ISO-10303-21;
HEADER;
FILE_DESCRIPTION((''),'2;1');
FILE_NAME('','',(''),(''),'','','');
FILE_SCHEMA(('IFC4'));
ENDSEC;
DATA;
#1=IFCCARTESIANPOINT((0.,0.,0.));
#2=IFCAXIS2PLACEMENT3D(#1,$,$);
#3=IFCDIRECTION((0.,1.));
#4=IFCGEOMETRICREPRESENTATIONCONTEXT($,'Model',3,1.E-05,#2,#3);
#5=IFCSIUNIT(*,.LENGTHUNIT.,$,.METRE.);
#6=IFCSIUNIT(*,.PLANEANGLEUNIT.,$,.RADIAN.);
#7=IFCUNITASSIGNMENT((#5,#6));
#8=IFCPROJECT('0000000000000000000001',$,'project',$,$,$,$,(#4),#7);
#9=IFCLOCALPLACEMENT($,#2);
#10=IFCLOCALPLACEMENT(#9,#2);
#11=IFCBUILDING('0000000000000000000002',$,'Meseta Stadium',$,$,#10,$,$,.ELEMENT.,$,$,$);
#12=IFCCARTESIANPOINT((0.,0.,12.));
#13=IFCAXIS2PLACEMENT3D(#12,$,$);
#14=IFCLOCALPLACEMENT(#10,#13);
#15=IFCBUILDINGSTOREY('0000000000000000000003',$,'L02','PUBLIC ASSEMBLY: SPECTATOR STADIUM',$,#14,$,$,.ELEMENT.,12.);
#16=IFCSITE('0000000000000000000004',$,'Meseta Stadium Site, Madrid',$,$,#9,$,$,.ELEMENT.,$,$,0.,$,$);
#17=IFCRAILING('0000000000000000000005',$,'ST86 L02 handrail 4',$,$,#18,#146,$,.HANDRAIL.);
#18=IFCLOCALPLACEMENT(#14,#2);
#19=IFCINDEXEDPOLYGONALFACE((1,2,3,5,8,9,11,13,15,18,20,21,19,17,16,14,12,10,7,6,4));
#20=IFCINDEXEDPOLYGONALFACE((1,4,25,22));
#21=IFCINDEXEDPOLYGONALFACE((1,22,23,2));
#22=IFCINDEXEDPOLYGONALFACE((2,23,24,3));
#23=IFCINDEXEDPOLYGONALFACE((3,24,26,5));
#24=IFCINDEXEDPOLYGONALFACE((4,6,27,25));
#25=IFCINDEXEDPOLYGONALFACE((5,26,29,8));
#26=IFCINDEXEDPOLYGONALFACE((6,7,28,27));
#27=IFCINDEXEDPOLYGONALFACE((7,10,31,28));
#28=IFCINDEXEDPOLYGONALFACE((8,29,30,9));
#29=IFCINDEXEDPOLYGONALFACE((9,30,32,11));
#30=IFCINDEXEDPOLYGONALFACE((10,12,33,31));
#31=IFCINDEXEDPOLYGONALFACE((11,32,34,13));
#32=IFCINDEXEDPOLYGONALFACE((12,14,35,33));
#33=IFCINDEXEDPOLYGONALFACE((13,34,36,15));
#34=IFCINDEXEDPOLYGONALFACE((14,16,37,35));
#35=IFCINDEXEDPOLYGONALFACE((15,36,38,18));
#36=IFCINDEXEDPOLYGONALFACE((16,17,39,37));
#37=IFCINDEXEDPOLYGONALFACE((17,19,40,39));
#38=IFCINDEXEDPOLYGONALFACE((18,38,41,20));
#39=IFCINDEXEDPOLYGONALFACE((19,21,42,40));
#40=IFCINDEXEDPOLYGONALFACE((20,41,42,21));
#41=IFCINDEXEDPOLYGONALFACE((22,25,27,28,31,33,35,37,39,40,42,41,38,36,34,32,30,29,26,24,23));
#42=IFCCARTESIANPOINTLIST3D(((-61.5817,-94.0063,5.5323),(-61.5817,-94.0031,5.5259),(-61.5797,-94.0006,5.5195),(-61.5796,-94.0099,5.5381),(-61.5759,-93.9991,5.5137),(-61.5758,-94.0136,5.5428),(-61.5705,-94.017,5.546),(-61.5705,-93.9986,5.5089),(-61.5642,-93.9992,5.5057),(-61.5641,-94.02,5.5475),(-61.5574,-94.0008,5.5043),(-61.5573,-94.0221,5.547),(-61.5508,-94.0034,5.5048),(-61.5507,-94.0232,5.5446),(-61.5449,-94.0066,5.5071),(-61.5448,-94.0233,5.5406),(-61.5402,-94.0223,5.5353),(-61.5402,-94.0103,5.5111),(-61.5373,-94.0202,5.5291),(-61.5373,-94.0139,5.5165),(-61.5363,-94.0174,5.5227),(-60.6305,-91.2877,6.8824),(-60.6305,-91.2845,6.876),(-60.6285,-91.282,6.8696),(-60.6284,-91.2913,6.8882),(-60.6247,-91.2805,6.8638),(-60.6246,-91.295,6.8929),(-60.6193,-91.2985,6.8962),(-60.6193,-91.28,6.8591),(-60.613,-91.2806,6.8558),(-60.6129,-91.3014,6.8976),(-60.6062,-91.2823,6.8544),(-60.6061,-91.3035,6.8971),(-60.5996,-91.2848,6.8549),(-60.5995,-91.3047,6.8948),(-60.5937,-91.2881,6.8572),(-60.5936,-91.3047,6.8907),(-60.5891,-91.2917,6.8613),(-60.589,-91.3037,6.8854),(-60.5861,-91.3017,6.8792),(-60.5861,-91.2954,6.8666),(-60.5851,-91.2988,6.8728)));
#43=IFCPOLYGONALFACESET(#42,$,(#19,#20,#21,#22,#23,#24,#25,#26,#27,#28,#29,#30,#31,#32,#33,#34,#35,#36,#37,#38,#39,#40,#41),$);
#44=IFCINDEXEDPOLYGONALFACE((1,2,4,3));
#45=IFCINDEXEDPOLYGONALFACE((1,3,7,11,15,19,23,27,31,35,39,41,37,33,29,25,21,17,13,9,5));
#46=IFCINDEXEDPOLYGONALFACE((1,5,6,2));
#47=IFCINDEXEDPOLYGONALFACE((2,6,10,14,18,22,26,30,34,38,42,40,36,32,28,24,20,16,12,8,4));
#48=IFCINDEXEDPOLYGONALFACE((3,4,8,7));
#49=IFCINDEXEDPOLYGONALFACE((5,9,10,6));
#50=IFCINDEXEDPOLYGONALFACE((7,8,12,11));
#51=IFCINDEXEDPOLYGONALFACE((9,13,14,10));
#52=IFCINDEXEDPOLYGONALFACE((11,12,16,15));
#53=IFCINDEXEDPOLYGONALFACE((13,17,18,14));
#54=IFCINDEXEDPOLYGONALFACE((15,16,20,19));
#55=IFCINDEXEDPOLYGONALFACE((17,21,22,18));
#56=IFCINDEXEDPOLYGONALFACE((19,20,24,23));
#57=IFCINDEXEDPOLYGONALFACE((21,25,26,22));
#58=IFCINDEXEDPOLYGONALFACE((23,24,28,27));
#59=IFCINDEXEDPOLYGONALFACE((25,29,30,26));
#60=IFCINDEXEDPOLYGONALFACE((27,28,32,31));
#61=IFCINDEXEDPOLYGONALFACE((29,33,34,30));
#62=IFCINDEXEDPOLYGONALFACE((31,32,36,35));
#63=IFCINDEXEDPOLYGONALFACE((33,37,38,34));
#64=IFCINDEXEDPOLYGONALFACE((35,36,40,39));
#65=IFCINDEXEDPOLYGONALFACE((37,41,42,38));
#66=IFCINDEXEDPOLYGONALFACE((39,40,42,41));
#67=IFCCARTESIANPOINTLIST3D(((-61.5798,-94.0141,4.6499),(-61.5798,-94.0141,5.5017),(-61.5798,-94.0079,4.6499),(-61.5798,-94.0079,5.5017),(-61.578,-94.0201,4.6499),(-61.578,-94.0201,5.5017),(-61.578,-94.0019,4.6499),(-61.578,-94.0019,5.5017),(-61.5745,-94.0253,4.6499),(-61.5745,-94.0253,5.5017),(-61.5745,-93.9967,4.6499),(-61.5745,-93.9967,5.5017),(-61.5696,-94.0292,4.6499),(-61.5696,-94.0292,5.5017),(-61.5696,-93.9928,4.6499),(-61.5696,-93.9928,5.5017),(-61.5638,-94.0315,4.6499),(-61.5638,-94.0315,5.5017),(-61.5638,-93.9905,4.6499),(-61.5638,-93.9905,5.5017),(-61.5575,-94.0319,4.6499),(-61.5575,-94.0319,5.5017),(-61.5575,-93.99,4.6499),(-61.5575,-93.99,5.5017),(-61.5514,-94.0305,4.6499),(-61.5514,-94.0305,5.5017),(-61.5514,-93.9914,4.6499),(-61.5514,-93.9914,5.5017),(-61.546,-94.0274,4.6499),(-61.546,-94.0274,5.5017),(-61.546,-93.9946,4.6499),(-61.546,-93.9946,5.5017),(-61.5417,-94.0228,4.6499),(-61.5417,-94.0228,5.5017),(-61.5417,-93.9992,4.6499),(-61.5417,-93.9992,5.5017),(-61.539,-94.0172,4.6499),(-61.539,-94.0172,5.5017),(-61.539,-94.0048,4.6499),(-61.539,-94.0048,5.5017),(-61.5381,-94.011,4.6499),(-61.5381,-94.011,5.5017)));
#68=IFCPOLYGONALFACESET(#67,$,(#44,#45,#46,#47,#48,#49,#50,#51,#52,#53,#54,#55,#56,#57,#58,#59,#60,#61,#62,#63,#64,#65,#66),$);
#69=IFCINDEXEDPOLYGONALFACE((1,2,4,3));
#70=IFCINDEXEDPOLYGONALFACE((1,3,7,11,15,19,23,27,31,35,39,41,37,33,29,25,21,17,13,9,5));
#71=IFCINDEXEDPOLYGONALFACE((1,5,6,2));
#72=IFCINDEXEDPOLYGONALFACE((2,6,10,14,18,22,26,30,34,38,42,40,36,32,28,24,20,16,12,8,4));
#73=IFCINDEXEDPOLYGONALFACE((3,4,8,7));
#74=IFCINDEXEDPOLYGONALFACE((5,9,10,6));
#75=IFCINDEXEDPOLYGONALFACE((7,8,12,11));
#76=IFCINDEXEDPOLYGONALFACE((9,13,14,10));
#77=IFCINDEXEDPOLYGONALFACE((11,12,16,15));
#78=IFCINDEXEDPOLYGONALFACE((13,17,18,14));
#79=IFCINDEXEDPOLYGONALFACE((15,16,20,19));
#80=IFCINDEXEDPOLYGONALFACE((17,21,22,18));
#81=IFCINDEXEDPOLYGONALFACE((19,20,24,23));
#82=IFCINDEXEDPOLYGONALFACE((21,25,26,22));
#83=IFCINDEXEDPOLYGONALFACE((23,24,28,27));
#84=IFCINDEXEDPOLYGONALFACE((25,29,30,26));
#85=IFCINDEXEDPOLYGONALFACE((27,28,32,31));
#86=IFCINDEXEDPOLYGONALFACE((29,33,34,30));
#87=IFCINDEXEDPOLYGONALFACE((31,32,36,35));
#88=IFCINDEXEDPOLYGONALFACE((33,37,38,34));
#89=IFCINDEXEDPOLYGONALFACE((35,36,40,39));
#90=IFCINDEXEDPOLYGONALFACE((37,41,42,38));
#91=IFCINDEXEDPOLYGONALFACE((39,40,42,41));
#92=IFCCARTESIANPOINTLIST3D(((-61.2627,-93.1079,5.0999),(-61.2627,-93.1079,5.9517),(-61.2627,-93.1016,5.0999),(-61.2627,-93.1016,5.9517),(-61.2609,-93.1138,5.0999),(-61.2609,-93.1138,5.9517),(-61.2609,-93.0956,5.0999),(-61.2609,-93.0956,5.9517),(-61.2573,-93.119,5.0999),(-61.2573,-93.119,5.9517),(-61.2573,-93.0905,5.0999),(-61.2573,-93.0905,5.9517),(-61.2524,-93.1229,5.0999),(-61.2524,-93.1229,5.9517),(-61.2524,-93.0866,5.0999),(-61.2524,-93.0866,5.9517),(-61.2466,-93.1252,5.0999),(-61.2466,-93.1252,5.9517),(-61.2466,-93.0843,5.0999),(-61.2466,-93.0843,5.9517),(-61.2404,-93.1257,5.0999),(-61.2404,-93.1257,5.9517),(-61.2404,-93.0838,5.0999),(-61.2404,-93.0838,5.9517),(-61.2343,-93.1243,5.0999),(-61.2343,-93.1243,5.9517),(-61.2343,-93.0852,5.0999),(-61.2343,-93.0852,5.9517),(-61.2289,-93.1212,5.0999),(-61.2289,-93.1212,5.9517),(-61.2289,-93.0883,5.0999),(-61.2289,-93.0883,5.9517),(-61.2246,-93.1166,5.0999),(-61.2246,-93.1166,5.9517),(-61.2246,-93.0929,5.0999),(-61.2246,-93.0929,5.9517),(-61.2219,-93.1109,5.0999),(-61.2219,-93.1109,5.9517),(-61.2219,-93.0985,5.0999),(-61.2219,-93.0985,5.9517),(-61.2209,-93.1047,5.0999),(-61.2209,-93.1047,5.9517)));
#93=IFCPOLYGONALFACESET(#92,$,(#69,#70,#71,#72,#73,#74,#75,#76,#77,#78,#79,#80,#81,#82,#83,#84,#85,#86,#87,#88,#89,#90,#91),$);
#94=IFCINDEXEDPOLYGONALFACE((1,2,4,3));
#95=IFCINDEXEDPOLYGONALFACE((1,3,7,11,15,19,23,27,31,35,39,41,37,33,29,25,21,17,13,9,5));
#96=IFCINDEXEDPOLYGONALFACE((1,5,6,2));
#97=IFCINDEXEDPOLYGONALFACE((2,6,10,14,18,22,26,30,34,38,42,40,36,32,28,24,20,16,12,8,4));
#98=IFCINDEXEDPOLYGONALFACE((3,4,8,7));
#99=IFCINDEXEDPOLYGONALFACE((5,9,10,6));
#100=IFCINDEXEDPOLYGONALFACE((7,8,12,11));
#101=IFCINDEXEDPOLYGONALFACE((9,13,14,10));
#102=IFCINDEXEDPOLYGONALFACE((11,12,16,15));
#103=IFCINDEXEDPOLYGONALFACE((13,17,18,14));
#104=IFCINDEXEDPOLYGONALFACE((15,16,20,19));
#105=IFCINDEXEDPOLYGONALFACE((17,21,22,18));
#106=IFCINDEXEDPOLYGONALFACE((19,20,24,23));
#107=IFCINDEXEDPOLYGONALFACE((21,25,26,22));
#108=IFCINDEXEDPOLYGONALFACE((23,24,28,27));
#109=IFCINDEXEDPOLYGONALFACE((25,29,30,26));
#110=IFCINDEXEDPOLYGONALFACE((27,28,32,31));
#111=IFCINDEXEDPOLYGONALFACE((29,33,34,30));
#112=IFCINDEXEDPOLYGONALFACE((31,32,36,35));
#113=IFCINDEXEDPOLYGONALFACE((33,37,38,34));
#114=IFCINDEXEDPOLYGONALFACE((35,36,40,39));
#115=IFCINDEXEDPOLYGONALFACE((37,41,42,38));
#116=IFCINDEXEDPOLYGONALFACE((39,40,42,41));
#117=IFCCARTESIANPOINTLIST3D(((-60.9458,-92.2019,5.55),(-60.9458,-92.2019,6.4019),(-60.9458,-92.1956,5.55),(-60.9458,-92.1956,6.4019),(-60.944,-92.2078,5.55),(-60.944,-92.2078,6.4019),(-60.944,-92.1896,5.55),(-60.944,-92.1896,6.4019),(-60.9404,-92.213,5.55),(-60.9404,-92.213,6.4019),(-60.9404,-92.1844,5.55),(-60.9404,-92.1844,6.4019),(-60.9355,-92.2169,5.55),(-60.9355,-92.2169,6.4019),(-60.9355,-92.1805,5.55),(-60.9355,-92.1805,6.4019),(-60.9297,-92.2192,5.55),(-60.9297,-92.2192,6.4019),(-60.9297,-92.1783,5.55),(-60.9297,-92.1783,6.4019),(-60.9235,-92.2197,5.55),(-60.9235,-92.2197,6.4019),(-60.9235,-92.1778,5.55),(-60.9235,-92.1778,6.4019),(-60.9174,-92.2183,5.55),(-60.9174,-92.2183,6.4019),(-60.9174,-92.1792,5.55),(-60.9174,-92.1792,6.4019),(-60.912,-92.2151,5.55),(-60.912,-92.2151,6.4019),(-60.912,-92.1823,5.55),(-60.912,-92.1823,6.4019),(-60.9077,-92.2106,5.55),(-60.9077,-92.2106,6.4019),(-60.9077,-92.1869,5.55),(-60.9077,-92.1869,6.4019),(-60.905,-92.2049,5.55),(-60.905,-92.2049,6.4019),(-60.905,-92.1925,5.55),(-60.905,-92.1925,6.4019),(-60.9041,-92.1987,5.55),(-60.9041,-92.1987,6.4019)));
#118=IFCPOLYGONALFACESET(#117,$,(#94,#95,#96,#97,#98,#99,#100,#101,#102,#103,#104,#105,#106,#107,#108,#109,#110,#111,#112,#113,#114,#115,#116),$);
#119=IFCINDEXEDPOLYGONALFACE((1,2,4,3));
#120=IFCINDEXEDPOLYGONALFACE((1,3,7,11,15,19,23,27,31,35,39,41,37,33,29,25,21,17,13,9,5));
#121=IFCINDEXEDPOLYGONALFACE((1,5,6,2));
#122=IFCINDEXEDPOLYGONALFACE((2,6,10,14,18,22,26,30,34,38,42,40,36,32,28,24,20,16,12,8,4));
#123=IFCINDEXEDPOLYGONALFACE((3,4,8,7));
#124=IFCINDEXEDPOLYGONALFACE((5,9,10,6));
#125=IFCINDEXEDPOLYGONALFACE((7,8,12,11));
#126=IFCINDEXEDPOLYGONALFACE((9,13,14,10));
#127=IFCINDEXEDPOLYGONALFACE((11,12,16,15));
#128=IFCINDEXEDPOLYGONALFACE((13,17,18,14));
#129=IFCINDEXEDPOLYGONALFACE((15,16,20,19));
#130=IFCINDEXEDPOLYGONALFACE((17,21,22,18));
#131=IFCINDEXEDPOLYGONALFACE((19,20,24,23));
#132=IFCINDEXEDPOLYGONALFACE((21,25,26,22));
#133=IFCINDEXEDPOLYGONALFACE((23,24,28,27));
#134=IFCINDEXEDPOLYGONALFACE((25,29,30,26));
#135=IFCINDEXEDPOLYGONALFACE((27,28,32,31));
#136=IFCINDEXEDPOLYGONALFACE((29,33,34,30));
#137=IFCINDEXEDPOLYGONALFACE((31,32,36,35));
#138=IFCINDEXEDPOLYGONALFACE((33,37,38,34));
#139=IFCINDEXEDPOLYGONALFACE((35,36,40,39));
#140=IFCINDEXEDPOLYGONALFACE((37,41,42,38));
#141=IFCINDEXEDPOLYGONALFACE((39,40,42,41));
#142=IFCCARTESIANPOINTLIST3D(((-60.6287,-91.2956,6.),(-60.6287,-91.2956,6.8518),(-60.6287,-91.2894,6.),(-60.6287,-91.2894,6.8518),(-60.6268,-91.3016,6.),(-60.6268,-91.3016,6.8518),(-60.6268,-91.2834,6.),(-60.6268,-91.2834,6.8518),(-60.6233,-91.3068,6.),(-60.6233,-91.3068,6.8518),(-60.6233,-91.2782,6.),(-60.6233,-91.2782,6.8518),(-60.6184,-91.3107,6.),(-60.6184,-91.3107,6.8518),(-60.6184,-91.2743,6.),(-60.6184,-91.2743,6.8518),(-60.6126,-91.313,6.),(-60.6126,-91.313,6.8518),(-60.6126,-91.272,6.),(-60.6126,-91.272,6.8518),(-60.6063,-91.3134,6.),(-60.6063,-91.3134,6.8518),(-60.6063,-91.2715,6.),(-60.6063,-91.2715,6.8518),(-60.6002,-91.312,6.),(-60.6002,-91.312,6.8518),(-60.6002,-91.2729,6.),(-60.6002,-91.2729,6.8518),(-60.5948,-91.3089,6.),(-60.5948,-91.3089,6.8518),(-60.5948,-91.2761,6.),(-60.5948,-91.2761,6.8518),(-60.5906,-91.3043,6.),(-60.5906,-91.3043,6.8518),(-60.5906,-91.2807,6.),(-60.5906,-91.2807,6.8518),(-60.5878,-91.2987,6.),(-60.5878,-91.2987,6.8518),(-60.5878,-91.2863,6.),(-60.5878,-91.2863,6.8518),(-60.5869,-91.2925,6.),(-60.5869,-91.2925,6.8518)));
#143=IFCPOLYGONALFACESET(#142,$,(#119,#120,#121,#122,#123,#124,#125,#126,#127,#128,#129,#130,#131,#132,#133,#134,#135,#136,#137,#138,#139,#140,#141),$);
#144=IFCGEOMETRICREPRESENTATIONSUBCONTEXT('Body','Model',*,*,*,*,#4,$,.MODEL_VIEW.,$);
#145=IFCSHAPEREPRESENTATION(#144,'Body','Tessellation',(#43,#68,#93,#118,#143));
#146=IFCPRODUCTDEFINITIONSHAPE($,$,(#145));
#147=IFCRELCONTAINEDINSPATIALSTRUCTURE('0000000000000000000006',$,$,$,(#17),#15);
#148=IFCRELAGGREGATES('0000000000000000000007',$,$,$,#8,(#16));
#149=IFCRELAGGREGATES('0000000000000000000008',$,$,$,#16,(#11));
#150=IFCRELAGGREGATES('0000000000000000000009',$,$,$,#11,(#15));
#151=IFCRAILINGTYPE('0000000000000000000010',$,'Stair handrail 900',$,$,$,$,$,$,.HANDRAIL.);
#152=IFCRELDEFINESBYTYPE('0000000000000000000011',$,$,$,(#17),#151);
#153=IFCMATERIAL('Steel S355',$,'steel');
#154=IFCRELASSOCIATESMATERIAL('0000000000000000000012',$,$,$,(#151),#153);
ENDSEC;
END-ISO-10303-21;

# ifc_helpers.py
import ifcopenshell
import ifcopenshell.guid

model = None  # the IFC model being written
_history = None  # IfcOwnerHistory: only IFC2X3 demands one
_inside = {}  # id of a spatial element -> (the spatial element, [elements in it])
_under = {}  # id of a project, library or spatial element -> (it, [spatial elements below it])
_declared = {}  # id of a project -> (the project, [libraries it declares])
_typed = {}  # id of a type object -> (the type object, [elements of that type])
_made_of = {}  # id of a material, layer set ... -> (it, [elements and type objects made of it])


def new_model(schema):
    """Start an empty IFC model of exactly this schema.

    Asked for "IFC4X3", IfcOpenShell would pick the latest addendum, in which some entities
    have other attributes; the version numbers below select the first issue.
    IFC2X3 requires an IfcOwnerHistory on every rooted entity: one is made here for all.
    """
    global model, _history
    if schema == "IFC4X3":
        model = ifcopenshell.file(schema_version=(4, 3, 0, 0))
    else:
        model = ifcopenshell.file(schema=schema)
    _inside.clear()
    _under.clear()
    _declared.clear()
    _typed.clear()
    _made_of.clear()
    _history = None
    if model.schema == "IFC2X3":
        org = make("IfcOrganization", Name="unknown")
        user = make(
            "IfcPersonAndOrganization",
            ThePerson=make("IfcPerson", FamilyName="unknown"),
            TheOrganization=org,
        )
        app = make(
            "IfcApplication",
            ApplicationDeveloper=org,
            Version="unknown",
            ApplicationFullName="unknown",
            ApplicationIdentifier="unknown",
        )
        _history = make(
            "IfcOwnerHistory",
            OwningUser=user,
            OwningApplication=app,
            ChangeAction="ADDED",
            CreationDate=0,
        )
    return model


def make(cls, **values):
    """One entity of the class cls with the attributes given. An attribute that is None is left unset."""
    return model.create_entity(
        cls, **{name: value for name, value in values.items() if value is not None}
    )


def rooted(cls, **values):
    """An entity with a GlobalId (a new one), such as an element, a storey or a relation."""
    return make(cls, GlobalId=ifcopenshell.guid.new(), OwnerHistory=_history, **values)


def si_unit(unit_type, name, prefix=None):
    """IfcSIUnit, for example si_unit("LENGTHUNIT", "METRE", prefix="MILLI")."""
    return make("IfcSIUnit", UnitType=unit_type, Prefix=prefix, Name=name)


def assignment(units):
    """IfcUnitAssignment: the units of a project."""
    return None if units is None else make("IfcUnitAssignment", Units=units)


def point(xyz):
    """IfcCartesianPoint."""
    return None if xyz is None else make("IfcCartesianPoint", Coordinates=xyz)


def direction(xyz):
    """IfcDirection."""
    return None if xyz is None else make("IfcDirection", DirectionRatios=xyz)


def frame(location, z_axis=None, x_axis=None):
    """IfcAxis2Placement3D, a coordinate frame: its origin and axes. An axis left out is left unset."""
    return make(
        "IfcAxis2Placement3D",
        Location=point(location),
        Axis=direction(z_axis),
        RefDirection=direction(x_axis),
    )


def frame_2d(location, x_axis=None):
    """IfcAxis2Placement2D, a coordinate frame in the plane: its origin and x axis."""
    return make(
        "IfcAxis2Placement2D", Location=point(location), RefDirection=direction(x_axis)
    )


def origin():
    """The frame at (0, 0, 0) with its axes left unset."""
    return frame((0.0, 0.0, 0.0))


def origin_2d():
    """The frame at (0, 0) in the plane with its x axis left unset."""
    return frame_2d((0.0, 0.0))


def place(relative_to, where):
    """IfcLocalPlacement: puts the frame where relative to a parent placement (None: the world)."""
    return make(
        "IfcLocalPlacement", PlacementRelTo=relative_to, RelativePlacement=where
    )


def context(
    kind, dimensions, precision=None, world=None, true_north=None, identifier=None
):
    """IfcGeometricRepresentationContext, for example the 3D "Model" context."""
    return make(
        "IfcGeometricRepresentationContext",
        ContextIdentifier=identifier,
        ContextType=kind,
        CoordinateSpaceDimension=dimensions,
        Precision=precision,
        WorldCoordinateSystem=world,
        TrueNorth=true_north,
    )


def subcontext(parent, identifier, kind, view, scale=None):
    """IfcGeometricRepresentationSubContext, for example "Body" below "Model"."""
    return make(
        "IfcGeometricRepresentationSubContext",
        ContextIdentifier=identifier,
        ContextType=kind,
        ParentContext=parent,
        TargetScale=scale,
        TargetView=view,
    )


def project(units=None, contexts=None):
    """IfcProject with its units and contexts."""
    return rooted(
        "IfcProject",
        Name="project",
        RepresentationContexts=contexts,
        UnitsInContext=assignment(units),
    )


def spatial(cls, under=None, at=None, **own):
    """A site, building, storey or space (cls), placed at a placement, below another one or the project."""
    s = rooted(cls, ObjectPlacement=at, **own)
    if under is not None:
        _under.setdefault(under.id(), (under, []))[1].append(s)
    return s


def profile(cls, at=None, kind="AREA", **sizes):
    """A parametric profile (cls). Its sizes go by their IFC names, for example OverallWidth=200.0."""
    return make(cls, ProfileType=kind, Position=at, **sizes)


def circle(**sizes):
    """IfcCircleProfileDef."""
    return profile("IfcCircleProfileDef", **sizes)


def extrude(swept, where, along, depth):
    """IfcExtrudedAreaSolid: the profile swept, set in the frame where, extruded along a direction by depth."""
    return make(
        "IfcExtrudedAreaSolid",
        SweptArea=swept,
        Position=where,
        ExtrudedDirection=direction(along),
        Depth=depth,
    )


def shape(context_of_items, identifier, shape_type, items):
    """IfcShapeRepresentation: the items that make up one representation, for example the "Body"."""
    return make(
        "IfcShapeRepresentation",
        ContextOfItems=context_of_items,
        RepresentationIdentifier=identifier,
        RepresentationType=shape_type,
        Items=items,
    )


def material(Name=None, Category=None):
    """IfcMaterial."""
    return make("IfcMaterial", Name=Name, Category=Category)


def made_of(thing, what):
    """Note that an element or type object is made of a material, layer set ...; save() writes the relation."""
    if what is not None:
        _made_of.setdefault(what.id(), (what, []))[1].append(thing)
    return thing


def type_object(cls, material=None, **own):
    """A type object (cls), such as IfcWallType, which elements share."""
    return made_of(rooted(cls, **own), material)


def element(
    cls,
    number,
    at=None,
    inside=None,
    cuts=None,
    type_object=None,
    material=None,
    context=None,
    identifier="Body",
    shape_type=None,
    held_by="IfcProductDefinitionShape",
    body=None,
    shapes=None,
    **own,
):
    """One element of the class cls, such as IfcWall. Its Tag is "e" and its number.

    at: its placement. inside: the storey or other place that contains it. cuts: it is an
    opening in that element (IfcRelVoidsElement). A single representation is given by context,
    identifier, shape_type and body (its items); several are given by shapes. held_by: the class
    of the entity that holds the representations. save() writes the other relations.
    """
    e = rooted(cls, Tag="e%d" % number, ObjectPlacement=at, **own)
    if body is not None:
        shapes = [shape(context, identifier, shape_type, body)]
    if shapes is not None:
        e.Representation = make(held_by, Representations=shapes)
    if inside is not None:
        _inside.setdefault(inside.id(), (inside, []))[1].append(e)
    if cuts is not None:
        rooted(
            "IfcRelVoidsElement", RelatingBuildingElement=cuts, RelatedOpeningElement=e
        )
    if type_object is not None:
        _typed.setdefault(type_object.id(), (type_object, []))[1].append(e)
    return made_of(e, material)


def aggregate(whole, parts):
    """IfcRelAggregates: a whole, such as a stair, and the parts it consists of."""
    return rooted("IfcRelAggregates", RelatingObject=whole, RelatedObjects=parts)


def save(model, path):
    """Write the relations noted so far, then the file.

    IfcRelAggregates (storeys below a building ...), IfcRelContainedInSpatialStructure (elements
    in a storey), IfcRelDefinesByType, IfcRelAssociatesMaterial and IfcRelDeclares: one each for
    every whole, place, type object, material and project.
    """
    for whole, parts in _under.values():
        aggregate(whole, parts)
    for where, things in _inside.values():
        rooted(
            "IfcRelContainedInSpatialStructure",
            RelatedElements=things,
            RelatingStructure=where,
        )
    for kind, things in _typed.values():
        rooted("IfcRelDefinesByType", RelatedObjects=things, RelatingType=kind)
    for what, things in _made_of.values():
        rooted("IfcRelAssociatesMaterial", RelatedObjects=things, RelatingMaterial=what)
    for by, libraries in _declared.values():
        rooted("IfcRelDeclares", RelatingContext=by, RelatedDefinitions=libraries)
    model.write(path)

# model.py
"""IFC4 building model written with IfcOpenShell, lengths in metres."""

from ifc_helpers import new_model, si_unit, direction, frame, origin, origin_2d, place, context, subcontext, project, spatial, circle, extrude, material, type_object, element, save


model = new_model("IFC4")

# Units and contexts
model_context = context("Model", 3, precision=1e-05, world=origin(), true_north=direction((0.0, 1.0)))
body_context = subcontext(model_context, "Body", "Model", "MODEL_VIEW")
ifc_project = project(units=[si_unit("LENGTHUNIT", "METRE"), si_unit("PLANEANGLEUNIT", "RADIAN")], contexts=[model_context])

# Site, building, storey
site_placement = place(None, origin())
site = spatial("IfcSite", under=ifc_project, at=site_placement, Name="Meseta Stadium Site, Madrid", CompositionType="ELEMENT", RefElevation=0.0)
building_placement = place(site_placement, origin())
building = spatial("IfcBuilding", under=site, at=building_placement, Name="Meseta Stadium", CompositionType="ELEMENT")
storey_placement = place(building_placement, frame((0.0, 0.0, 12.0)))
storey = spatial("IfcBuildingStorey", under=building, at=storey_placement, Name="L02", Description="PUBLIC ASSEMBLY: SPECTATOR STADIUM", CompositionType="ELEMENT", Elevation=12.0)

# Railing
ifc_material_1 = material(Name="Steel S355", Category="steel")
railing_type_1 = type_object("IfcRailingType", Name="Stair handrail 900", PredefinedType="HANDRAIL", material=ifc_material_1)
railing_1_placement = place(storey_placement, frame((-61.5591, -94.011, 4.6499)))
element("IfcRailing", 1, at=railing_1_placement, inside=storey, type_object=railing_type_1, Name="ST86 L02 handrail 4", PredefinedType="HANDRAIL", context=body_context, shape_type="SweptSolid", body=[
    extrude(circle(Radius=0.0239, at=origin_2d()), frame((0.0, 0.0, 0.876), z_axis=(0.299031, 0.854649, 0.424446), x_axis=(-0.943891, 0.330256, 0.0)), (0.0, 0.0, 1.0), 3.1809),
    extrude(circle(Radius=0.021, at=origin_2d()), origin(), (0.0, 0.0, 1.0), 0.8518),
    extrude(circle(Radius=0.021, at=origin_2d()), frame((0.3171, 0.9062, 0.45)), (0.0, 0.0, 1.0), 0.8518),
    extrude(circle(Radius=0.021, at=origin_2d()), frame((0.634, 1.8123, 0.9001)), (0.0, 0.0, 1.0), 0.8518),
    extrude(circle(Radius=0.021, at=origin_2d()), frame((0.9512, 2.7185, 1.3501)), (0.0, 0.0, 1.0), 0.8518),
])

save(model, "model.ifc")
